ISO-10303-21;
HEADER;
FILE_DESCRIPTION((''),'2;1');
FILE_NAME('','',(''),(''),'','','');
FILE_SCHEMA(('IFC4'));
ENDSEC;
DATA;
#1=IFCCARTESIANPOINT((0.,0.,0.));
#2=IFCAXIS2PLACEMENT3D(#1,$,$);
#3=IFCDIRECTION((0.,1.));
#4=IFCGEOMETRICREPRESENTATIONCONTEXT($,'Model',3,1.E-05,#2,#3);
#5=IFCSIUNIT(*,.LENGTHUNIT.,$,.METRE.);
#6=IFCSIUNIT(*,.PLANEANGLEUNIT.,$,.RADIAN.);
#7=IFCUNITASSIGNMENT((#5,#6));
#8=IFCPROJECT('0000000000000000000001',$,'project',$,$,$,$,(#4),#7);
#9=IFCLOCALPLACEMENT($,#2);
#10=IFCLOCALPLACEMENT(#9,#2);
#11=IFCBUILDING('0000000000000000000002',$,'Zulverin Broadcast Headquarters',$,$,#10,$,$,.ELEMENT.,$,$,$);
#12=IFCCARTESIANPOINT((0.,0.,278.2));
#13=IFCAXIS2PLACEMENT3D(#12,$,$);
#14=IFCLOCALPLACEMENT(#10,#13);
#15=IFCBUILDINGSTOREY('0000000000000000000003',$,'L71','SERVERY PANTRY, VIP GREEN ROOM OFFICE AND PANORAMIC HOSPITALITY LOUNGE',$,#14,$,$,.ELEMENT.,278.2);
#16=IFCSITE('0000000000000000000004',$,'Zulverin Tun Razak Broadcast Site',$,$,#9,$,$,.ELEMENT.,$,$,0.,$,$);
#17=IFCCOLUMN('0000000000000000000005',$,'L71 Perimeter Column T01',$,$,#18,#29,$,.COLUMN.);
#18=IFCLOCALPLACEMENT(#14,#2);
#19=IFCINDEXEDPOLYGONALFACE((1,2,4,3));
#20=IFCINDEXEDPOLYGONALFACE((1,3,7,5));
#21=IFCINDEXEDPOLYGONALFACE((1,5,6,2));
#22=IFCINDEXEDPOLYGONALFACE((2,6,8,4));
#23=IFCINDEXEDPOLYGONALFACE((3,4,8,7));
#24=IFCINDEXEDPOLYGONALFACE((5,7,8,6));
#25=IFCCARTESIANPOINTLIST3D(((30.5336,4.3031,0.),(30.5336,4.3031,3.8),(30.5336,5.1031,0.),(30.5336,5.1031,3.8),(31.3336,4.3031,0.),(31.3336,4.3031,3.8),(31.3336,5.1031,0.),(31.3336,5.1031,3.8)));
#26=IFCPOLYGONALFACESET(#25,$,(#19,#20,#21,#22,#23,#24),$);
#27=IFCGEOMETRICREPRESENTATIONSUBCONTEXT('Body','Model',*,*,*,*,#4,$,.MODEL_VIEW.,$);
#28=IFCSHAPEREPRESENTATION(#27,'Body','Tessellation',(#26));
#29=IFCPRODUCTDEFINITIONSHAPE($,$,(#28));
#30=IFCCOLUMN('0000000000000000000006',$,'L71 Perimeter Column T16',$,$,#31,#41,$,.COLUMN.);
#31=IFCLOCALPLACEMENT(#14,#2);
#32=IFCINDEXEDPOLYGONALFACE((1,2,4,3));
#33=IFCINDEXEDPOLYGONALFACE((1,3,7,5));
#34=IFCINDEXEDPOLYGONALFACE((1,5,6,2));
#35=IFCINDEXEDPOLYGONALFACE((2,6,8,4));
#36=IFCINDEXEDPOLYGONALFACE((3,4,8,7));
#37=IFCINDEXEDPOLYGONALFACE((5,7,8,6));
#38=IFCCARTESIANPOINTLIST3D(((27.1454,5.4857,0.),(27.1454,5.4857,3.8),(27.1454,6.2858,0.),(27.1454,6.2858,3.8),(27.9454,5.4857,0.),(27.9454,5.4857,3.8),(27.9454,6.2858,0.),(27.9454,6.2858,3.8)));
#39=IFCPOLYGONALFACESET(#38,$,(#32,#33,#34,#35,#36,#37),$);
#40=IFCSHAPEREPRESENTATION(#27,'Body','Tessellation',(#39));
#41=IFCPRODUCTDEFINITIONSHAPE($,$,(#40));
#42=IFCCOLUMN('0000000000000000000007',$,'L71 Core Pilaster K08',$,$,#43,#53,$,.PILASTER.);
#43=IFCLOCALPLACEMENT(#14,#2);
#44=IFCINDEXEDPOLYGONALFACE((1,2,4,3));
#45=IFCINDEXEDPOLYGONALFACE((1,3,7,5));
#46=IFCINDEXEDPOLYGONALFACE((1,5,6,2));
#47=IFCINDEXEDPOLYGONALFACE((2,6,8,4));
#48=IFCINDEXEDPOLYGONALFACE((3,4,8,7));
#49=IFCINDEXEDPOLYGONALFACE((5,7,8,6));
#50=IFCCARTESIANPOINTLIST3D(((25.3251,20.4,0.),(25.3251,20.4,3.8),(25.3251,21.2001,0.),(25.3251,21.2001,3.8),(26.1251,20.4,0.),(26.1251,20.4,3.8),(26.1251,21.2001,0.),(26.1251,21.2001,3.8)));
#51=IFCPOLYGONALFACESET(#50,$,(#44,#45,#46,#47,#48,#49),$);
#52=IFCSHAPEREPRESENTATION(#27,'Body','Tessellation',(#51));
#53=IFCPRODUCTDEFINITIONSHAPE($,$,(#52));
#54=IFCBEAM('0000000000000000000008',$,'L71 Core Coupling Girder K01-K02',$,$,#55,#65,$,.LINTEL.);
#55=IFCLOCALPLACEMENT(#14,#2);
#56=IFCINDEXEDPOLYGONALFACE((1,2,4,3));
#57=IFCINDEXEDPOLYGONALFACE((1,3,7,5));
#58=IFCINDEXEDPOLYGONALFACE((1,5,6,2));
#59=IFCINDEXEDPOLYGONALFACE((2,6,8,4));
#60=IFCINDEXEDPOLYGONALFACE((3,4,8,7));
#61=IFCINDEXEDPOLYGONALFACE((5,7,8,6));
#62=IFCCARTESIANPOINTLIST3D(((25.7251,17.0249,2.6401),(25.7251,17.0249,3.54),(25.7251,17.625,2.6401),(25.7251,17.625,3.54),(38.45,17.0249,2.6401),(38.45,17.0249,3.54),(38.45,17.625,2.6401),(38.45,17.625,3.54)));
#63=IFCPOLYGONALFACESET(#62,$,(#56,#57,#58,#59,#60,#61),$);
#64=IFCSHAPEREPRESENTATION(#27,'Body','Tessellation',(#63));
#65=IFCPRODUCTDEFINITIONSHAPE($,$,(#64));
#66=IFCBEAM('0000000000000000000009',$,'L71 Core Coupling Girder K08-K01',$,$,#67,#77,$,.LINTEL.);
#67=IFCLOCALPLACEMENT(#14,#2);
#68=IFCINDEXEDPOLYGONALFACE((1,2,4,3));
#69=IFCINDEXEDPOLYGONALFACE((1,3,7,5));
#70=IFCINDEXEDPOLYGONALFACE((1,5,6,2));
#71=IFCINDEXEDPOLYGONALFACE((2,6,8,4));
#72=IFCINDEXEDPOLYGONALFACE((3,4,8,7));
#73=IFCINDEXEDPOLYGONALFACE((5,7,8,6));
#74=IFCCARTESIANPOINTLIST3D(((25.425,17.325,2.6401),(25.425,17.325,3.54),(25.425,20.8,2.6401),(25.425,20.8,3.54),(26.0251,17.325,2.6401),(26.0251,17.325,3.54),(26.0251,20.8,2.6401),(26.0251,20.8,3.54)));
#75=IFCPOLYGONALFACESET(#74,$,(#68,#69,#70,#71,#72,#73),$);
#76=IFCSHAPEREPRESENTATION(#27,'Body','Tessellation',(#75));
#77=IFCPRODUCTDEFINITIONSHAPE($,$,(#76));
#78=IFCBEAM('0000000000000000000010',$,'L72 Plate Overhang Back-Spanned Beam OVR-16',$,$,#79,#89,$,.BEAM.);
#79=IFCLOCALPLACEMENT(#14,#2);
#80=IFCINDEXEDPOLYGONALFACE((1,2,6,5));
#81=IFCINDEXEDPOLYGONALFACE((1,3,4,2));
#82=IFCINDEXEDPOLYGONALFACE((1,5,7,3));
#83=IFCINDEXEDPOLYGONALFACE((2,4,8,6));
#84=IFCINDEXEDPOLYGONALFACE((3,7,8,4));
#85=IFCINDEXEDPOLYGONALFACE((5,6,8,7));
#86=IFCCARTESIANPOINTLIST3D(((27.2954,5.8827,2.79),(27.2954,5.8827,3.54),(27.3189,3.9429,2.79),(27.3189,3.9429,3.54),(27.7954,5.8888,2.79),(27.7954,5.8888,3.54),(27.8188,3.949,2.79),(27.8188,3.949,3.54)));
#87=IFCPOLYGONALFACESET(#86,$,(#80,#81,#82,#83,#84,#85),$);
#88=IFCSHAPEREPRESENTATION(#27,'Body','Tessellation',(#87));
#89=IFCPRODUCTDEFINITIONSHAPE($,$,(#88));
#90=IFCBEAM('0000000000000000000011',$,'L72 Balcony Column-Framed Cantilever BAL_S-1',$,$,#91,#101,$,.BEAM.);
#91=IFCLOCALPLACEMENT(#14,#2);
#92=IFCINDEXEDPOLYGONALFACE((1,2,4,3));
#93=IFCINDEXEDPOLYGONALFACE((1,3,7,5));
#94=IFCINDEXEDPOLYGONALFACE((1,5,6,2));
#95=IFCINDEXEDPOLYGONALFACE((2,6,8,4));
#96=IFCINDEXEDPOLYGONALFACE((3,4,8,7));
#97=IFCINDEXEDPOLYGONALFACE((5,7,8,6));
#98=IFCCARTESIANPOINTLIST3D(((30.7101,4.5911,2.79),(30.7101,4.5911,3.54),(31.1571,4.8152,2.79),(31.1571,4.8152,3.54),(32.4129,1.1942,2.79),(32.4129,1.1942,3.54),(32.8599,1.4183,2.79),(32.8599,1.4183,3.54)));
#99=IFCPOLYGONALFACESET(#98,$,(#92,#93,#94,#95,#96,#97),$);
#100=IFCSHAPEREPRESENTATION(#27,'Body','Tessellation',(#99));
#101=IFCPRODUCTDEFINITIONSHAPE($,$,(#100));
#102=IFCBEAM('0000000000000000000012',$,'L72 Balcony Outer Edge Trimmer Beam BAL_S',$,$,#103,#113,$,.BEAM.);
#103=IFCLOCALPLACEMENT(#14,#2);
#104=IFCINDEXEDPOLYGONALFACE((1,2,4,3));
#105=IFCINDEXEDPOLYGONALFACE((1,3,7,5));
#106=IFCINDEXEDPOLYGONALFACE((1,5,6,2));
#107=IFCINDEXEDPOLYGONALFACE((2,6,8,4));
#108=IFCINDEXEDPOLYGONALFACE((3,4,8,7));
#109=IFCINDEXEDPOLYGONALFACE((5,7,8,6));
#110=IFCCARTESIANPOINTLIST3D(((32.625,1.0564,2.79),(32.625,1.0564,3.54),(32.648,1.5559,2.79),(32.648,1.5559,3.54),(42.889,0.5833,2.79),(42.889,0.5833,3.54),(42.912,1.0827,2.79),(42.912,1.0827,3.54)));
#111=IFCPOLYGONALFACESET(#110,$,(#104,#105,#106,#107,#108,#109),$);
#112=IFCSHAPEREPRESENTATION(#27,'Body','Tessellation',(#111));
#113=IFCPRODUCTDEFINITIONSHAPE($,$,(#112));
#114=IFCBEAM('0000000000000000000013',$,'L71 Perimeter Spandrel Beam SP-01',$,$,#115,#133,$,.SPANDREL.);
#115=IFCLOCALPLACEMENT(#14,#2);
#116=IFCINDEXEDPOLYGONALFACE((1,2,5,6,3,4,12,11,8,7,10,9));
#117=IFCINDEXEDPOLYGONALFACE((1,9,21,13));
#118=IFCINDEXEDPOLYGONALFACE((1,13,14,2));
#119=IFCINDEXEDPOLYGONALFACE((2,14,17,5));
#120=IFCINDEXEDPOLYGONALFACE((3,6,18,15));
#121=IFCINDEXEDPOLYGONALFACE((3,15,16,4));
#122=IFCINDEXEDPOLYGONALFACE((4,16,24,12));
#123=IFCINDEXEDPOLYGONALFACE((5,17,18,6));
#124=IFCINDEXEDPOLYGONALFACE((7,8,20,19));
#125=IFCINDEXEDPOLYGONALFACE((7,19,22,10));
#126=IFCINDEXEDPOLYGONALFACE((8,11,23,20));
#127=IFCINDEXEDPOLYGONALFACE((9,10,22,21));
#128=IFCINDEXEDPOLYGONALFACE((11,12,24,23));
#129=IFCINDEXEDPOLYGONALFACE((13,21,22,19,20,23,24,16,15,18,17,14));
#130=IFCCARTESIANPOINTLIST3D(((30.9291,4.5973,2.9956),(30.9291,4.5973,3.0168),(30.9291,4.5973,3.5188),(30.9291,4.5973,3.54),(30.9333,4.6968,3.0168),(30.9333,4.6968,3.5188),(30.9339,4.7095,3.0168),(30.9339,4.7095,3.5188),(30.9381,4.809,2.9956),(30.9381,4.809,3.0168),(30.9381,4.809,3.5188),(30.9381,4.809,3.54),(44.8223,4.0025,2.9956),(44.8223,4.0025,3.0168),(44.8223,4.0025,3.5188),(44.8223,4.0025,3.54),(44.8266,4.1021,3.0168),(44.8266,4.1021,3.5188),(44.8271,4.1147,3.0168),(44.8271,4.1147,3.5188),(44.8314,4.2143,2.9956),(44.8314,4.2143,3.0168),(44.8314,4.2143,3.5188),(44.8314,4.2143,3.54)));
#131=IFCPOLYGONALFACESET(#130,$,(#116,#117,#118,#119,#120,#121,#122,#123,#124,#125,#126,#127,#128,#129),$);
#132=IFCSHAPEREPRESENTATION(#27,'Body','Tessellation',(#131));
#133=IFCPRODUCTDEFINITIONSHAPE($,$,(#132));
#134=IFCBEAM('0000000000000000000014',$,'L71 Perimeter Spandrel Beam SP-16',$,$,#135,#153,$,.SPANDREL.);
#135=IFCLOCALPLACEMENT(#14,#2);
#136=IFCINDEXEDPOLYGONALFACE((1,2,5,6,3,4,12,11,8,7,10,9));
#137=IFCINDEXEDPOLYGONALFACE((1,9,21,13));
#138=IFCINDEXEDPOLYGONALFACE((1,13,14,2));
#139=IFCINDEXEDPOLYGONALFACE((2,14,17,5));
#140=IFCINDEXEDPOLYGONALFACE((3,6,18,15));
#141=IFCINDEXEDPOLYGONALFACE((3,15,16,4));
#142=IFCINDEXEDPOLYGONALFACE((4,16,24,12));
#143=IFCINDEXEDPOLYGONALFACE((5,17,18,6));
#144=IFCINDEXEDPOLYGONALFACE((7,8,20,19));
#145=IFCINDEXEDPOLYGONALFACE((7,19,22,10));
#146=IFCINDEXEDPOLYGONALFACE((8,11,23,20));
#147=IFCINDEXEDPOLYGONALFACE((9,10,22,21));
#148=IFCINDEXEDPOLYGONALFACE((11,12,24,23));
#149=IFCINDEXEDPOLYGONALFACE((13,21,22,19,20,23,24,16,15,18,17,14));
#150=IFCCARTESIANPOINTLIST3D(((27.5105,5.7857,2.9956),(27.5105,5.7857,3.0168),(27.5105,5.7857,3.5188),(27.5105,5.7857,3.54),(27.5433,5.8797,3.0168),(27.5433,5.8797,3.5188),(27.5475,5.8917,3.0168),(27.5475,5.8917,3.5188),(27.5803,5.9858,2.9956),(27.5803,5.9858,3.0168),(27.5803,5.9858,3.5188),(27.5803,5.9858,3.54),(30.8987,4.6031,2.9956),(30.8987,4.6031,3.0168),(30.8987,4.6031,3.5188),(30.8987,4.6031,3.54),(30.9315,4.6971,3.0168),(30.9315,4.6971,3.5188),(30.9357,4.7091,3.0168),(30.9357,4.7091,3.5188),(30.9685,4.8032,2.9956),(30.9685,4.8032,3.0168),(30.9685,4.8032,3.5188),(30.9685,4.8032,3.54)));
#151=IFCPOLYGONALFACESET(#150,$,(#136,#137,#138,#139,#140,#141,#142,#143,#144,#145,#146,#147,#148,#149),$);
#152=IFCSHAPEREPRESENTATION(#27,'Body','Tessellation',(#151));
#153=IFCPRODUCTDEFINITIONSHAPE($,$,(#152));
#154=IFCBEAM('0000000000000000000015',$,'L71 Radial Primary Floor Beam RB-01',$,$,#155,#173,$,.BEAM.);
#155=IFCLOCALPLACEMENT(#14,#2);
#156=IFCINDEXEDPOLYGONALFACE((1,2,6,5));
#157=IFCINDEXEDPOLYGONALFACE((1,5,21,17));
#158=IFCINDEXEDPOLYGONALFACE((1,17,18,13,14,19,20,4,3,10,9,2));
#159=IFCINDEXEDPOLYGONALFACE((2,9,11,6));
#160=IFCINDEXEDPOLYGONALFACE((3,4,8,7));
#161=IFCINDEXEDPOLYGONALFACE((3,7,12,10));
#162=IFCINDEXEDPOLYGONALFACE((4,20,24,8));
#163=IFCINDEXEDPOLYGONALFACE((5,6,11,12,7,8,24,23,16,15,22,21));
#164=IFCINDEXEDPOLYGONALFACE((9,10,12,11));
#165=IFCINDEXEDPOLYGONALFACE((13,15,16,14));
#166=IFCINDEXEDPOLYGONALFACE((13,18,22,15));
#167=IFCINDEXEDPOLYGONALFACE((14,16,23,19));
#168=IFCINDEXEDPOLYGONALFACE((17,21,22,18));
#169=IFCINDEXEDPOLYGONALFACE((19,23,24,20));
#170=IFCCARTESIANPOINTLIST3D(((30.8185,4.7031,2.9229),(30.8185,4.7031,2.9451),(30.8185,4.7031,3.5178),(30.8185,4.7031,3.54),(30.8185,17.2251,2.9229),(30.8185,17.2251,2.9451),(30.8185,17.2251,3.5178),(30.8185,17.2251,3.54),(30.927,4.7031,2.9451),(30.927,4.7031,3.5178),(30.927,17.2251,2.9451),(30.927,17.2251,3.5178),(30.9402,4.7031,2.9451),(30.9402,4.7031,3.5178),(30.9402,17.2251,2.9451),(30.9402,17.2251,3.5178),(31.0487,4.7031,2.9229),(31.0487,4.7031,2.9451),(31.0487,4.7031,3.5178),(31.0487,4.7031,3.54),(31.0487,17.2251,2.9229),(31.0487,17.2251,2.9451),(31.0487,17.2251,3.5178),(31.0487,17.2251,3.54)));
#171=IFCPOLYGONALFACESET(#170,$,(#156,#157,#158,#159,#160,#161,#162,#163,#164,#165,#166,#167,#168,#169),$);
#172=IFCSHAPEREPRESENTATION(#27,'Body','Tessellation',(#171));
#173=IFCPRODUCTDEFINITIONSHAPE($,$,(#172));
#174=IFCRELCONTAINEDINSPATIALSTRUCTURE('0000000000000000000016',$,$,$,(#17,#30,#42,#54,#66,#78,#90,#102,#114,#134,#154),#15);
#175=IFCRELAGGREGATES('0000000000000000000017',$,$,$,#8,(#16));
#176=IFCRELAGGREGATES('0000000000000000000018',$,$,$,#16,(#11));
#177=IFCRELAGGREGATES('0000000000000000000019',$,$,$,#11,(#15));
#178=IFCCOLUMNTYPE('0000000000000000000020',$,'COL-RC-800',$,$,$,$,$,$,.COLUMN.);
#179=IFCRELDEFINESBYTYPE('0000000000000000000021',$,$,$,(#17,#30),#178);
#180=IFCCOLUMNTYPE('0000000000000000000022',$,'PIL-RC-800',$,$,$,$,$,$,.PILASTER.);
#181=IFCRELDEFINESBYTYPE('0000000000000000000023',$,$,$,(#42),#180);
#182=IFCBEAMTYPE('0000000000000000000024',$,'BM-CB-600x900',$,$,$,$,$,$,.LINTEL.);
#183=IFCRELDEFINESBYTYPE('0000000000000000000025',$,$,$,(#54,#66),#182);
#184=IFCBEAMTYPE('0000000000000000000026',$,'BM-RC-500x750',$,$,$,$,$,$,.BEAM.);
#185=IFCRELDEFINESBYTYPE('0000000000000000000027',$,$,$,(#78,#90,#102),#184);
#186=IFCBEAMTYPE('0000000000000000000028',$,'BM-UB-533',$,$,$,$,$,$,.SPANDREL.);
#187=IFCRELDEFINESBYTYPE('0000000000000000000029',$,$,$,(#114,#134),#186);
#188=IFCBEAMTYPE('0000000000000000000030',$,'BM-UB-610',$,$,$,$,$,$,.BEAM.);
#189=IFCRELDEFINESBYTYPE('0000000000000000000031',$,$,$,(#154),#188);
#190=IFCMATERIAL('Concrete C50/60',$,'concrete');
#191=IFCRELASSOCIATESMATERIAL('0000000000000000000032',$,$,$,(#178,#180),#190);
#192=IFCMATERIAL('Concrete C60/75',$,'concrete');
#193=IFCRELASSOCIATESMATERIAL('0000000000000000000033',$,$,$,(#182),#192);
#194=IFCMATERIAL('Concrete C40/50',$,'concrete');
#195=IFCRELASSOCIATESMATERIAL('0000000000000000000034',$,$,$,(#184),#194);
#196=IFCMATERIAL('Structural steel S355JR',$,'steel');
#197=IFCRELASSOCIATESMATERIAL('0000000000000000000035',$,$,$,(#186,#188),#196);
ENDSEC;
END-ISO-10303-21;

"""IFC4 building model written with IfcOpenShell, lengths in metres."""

from ifc_helpers import new_model, si_unit, direction, frame, origin, origin_2d, place, context, subcontext, project, spatial, rectangle, i_section, extrude, material, material_profile, profile_set, type_object, element, save


model = new_model("IFC4")

# Units and contexts
model_context = context("Model", 3, precision=1e-05, world=origin(), true_north=direction((0.0, 1.0)))
body_context = subcontext(model_context, "Body", "Model", "MODEL_VIEW")
ifc_project = project(units=[si_unit("LENGTHUNIT", "METRE"), si_unit("PLANEANGLEUNIT", "RADIAN")], contexts=[model_context])

# Site, building, storey
site_placement = place(None, origin())
site = spatial("IfcSite", under=ifc_project, at=site_placement, Name="Zulverin Tun Razak Broadcast Site", CompositionType="ELEMENT", RefElevation=0.0)
building_placement = place(site_placement, origin())
building = spatial("IfcBuilding", under=site, at=building_placement, Name="Zulverin Broadcast Headquarters", CompositionType="ELEMENT")
storey_placement = place(building_placement, frame((0.0, 0.0, 278.2)))
storey = spatial("IfcBuildingStorey", under=building, at=storey_placement, Name="L71", Description="SERVERY PANTRY, VIP GREEN ROOM OFFICE AND PANORAMIC HOSPITALITY LOUNGE", CompositionType="ELEMENT", Elevation=278.2)

# Columns
ifc_material_1 = material(Name="Concrete C50/60", Category="concrete")
ifc_material_profile_1 = material_profile(ifc_material_1, rectangle(XDim=0.8, YDim=0.8, at=origin_2d()), Name="Concrete C50/60", Category="concrete")
ifc_profile_set_1 = profile_set([ifc_material_profile_1], Name="Concrete C50/60")
column_type_1 = type_object("IfcColumnType", Name="COL-RC-800", PredefinedType="COLUMN", material=ifc_profile_set_1)
for number, where, z_axis, x_axis, name in (
    (1, (30.9336, 4.7031, 0.0), (0.0, 0.0, 1.0), (1.0, 0.0, 0.0), "L71 Perimeter Column T01"),
    (2, (27.5454, 5.8857, 0.0), (0.0, 0.0, 1.0), (1.0, 0.0, 0.0), "L71 Perimeter Column T16"),
):
    element("IfcColumn", number, at=place(storey_placement, frame(where, z_axis=z_axis, x_axis=x_axis)), inside=storey, type_object=column_type_1, Name=name, PredefinedType="COLUMN", context=body_context, shape_type="SweptSolid", body=[
        extrude(rectangle(XDim=0.8, YDim=0.8, at=origin_2d()), origin(), (0.0, 0.0, 1.0), 3.8),
    ])
ifc_material_profile_2 = material_profile(ifc_material_1, rectangle(XDim=0.8, YDim=0.8, at=origin_2d()), Name="Concrete C50/60", Category="concrete")
ifc_profile_set_2 = profile_set([ifc_material_profile_2], Name="Concrete C50/60")
column_type_2 = type_object("IfcColumnType", Name="PIL-RC-800", PredefinedType="PILASTER", material=ifc_profile_set_2)
column_placement = place(storey_placement, frame((25.7251, 20.8, 0.0), z_axis=(0.0, 0.0, 1.0), x_axis=(1.0, 0.0, 0.0)))
element("IfcColumn", 3, at=column_placement, inside=storey, type_object=column_type_2, Name="L71 Core Pilaster K08", PredefinedType="PILASTER", context=body_context, shape_type="SweptSolid", body=[
    extrude(rectangle(XDim=0.8, YDim=0.8, at=origin_2d()), origin(), (0.0, 0.0, 1.0), 3.8),
])

# Beams
ifc_material_2 = material(Name="Concrete C60/75", Category="concrete")
ifc_material_profile_3 = material_profile(ifc_material_2, rectangle(XDim=0.6001, YDim=0.8999, at=origin_2d()), Name="Concrete C60/75", Category="concrete")
ifc_profile_set_3 = profile_set([ifc_material_profile_3], Name="Concrete C60/75")
beam_type_1 = type_object("IfcBeamType", Name="BM-CB-600x900", PredefinedType="LINTEL", material=ifc_profile_set_3)
beam_1_placement = place(storey_placement, frame((25.7251, 17.325, 3.0901), z_axis=(1.0, 0.0, 0.0), x_axis=(0.0, 1.0, 0.0)))
element("IfcBeam", 4, at=beam_1_placement, inside=storey, type_object=beam_type_1, Name="L71 Core Coupling Girder K01-K02", PredefinedType="LINTEL", context=body_context, shape_type="SweptSolid", body=[
    extrude(rectangle(XDim=0.6001, YDim=0.8999, at=origin_2d()), origin(), (0.0, 0.0, 1.0), 12.7249),
])
beam_2_placement = place(storey_placement, frame((25.7251, 20.8, 3.0901), z_axis=(0.0, -1.0, 0.0), x_axis=(1.0, 0.0, 0.0)))
element("IfcBeam", 5, at=beam_2_placement, inside=storey, type_object=beam_type_1, Name="L71 Core Coupling Girder K08-K01", PredefinedType="LINTEL", context=body_context, shape_type="SweptSolid", body=[
    extrude(rectangle(XDim=0.6001, YDim=0.8999, at=origin_2d()), origin(), (0.0, 0.0, 1.0), 3.4751),
])
ifc_material_3 = material(Name="Concrete C40/50", Category="concrete")
ifc_material_profile_4 = material_profile(ifc_material_3, rectangle(XDim=0.5, YDim=0.75, at=origin_2d()), Name="Concrete C40/50", Category="concrete")
ifc_profile_set_4 = profile_set([ifc_material_profile_4], Name="Concrete C40/50")
beam_type_2 = type_object("IfcBeamType", Name="BM-RC-500x750", PredefinedType="BEAM", material=ifc_profile_set_4)
beam_3_placement = place(storey_placement, frame((27.5454, 5.8857, 3.165), z_axis=(0.012082, -0.999927, 0.0), x_axis=(0.999927, 0.012082, 0.0)))
element("IfcBeam", 6, at=beam_3_placement, inside=storey, type_object=beam_type_2, Name="L72 Plate Overhang Back-Spanned Beam OVR-16", PredefinedType="BEAM", context=body_context, shape_type="SweptSolid", body=[
    extrude(rectangle(XDim=0.5, YDim=0.75, at=origin_2d()), origin(), (0.0, 0.0, 1.0), 1.9399),
])
beam_4_placement = place(storey_placement, frame((30.9336, 4.7031, 3.165), z_axis=(0.448139, -0.893964, 0.0), x_axis=(0.893964, 0.448139, 0.0)))
element("IfcBeam", 7, at=beam_4_placement, inside=storey, type_object=beam_type_2, Name="L72 Balcony Column-Framed Cantilever BAL_S-1", PredefinedType="BEAM", context=body_context, shape_type="SweptSolid", body=[
    extrude(rectangle(XDim=0.5, YDim=0.75, at=origin_2d()), origin(), (0.0, 0.0, 1.0), 3.7998),
])
beam_5_placement = place(storey_placement, frame((32.6365, 1.3062, 3.165), z_axis=(0.998939, -0.046049, 0.0), x_axis=(0.046049, 0.998939, 0.0)))
element("IfcBeam", 8, at=beam_5_placement, inside=storey, type_object=beam_type_2, Name="L72 Balcony Outer Edge Trimmer Beam BAL_S", PredefinedType="BEAM", context=body_context, shape_type="SweptSolid", body=[
    extrude(rectangle(XDim=0.5, YDim=0.75, at=origin_2d()), origin(), (0.0, 0.0, 1.0), 10.2749),
])
ifc_material_4 = material(Name="Structural steel S355JR", Category="steel")
ifc_material_profile_5 = material_profile(ifc_material_4, i_section(OverallWidth=0.2119, OverallDepth=0.5444, WebThickness=0.0127, FlangeThickness=0.0212, at=origin_2d()), Name="Structural steel S355JR", Category="steel")
ifc_profile_set_5 = profile_set([ifc_material_profile_5], Name="Structural steel S355JR")
beam_type_3 = type_object("IfcBeamType", Name="BM-UB-533", PredefinedType="SPANDREL", material=ifc_profile_set_5)
beam_6_placement = place(storey_placement, frame((30.9336, 4.7031, 3.2678), z_axis=(0.999085, -0.042768, 0.0), x_axis=(0.042768, 0.999085, 0.0)))
element("IfcBeam", 9, at=beam_6_placement, inside=storey, type_object=beam_type_3, Name="L71 Perimeter Spandrel Beam SP-01", PredefinedType="SPANDREL", context=body_context, shape_type="SweptSolid", body=[
    extrude(i_section(OverallWidth=0.2119, OverallDepth=0.5444, WebThickness=0.0127, FlangeThickness=0.0212, at=origin_2d()), origin(), (0.0, 0.0, 1.0), 13.906),
])
beam_7_placement = place(storey_placement, frame((27.5454, 5.8857, 3.2678), z_axis=(0.94414, -0.329544, 0.0), x_axis=(0.329544, 0.94414, 0.0)))
element("IfcBeam", 10, at=beam_7_placement, inside=storey, type_object=beam_type_3, Name="L71 Perimeter Spandrel Beam SP-16", PredefinedType="SPANDREL", context=body_context, shape_type="SweptSolid", body=[
    extrude(i_section(OverallWidth=0.2119, OverallDepth=0.5444, WebThickness=0.0127, FlangeThickness=0.0212, at=origin_2d()), origin(), (0.0, 0.0, 1.0), 3.5886),
])
ifc_material_profile_6 = material_profile(ifc_material_4, i_section(OverallWidth=0.2302, OverallDepth=0.6172, WebThickness=0.0132, FlangeThickness=0.0222, at=origin_2d()), Name="Structural steel S355JR", Category="steel")
ifc_profile_set_6 = profile_set([ifc_material_profile_6], Name="Structural steel S355JR")
beam_type_4 = type_object("IfcBeamType", Name="BM-UB-610", PredefinedType="BEAM", material=ifc_profile_set_6)
beam_8_placement = place(storey_placement, frame((30.9336, 17.2251, 3.2314), z_axis=(0.0, -1.0, 0.0), x_axis=(1.0, 0.0, 0.0)))
element("IfcBeam", 11, at=beam_8_placement, inside=storey, type_object=beam_type_4, Name="L71 Radial Primary Floor Beam RB-01", PredefinedType="BEAM", context=body_context, shape_type="SweptSolid", body=[
    extrude(i_section(OverallWidth=0.2302, OverallDepth=0.6172, WebThickness=0.0132, FlangeThickness=0.0222, at=origin_2d()), origin(), (0.0, 0.0, 1.0), 12.522),
])

save(model, "model.ifc")
